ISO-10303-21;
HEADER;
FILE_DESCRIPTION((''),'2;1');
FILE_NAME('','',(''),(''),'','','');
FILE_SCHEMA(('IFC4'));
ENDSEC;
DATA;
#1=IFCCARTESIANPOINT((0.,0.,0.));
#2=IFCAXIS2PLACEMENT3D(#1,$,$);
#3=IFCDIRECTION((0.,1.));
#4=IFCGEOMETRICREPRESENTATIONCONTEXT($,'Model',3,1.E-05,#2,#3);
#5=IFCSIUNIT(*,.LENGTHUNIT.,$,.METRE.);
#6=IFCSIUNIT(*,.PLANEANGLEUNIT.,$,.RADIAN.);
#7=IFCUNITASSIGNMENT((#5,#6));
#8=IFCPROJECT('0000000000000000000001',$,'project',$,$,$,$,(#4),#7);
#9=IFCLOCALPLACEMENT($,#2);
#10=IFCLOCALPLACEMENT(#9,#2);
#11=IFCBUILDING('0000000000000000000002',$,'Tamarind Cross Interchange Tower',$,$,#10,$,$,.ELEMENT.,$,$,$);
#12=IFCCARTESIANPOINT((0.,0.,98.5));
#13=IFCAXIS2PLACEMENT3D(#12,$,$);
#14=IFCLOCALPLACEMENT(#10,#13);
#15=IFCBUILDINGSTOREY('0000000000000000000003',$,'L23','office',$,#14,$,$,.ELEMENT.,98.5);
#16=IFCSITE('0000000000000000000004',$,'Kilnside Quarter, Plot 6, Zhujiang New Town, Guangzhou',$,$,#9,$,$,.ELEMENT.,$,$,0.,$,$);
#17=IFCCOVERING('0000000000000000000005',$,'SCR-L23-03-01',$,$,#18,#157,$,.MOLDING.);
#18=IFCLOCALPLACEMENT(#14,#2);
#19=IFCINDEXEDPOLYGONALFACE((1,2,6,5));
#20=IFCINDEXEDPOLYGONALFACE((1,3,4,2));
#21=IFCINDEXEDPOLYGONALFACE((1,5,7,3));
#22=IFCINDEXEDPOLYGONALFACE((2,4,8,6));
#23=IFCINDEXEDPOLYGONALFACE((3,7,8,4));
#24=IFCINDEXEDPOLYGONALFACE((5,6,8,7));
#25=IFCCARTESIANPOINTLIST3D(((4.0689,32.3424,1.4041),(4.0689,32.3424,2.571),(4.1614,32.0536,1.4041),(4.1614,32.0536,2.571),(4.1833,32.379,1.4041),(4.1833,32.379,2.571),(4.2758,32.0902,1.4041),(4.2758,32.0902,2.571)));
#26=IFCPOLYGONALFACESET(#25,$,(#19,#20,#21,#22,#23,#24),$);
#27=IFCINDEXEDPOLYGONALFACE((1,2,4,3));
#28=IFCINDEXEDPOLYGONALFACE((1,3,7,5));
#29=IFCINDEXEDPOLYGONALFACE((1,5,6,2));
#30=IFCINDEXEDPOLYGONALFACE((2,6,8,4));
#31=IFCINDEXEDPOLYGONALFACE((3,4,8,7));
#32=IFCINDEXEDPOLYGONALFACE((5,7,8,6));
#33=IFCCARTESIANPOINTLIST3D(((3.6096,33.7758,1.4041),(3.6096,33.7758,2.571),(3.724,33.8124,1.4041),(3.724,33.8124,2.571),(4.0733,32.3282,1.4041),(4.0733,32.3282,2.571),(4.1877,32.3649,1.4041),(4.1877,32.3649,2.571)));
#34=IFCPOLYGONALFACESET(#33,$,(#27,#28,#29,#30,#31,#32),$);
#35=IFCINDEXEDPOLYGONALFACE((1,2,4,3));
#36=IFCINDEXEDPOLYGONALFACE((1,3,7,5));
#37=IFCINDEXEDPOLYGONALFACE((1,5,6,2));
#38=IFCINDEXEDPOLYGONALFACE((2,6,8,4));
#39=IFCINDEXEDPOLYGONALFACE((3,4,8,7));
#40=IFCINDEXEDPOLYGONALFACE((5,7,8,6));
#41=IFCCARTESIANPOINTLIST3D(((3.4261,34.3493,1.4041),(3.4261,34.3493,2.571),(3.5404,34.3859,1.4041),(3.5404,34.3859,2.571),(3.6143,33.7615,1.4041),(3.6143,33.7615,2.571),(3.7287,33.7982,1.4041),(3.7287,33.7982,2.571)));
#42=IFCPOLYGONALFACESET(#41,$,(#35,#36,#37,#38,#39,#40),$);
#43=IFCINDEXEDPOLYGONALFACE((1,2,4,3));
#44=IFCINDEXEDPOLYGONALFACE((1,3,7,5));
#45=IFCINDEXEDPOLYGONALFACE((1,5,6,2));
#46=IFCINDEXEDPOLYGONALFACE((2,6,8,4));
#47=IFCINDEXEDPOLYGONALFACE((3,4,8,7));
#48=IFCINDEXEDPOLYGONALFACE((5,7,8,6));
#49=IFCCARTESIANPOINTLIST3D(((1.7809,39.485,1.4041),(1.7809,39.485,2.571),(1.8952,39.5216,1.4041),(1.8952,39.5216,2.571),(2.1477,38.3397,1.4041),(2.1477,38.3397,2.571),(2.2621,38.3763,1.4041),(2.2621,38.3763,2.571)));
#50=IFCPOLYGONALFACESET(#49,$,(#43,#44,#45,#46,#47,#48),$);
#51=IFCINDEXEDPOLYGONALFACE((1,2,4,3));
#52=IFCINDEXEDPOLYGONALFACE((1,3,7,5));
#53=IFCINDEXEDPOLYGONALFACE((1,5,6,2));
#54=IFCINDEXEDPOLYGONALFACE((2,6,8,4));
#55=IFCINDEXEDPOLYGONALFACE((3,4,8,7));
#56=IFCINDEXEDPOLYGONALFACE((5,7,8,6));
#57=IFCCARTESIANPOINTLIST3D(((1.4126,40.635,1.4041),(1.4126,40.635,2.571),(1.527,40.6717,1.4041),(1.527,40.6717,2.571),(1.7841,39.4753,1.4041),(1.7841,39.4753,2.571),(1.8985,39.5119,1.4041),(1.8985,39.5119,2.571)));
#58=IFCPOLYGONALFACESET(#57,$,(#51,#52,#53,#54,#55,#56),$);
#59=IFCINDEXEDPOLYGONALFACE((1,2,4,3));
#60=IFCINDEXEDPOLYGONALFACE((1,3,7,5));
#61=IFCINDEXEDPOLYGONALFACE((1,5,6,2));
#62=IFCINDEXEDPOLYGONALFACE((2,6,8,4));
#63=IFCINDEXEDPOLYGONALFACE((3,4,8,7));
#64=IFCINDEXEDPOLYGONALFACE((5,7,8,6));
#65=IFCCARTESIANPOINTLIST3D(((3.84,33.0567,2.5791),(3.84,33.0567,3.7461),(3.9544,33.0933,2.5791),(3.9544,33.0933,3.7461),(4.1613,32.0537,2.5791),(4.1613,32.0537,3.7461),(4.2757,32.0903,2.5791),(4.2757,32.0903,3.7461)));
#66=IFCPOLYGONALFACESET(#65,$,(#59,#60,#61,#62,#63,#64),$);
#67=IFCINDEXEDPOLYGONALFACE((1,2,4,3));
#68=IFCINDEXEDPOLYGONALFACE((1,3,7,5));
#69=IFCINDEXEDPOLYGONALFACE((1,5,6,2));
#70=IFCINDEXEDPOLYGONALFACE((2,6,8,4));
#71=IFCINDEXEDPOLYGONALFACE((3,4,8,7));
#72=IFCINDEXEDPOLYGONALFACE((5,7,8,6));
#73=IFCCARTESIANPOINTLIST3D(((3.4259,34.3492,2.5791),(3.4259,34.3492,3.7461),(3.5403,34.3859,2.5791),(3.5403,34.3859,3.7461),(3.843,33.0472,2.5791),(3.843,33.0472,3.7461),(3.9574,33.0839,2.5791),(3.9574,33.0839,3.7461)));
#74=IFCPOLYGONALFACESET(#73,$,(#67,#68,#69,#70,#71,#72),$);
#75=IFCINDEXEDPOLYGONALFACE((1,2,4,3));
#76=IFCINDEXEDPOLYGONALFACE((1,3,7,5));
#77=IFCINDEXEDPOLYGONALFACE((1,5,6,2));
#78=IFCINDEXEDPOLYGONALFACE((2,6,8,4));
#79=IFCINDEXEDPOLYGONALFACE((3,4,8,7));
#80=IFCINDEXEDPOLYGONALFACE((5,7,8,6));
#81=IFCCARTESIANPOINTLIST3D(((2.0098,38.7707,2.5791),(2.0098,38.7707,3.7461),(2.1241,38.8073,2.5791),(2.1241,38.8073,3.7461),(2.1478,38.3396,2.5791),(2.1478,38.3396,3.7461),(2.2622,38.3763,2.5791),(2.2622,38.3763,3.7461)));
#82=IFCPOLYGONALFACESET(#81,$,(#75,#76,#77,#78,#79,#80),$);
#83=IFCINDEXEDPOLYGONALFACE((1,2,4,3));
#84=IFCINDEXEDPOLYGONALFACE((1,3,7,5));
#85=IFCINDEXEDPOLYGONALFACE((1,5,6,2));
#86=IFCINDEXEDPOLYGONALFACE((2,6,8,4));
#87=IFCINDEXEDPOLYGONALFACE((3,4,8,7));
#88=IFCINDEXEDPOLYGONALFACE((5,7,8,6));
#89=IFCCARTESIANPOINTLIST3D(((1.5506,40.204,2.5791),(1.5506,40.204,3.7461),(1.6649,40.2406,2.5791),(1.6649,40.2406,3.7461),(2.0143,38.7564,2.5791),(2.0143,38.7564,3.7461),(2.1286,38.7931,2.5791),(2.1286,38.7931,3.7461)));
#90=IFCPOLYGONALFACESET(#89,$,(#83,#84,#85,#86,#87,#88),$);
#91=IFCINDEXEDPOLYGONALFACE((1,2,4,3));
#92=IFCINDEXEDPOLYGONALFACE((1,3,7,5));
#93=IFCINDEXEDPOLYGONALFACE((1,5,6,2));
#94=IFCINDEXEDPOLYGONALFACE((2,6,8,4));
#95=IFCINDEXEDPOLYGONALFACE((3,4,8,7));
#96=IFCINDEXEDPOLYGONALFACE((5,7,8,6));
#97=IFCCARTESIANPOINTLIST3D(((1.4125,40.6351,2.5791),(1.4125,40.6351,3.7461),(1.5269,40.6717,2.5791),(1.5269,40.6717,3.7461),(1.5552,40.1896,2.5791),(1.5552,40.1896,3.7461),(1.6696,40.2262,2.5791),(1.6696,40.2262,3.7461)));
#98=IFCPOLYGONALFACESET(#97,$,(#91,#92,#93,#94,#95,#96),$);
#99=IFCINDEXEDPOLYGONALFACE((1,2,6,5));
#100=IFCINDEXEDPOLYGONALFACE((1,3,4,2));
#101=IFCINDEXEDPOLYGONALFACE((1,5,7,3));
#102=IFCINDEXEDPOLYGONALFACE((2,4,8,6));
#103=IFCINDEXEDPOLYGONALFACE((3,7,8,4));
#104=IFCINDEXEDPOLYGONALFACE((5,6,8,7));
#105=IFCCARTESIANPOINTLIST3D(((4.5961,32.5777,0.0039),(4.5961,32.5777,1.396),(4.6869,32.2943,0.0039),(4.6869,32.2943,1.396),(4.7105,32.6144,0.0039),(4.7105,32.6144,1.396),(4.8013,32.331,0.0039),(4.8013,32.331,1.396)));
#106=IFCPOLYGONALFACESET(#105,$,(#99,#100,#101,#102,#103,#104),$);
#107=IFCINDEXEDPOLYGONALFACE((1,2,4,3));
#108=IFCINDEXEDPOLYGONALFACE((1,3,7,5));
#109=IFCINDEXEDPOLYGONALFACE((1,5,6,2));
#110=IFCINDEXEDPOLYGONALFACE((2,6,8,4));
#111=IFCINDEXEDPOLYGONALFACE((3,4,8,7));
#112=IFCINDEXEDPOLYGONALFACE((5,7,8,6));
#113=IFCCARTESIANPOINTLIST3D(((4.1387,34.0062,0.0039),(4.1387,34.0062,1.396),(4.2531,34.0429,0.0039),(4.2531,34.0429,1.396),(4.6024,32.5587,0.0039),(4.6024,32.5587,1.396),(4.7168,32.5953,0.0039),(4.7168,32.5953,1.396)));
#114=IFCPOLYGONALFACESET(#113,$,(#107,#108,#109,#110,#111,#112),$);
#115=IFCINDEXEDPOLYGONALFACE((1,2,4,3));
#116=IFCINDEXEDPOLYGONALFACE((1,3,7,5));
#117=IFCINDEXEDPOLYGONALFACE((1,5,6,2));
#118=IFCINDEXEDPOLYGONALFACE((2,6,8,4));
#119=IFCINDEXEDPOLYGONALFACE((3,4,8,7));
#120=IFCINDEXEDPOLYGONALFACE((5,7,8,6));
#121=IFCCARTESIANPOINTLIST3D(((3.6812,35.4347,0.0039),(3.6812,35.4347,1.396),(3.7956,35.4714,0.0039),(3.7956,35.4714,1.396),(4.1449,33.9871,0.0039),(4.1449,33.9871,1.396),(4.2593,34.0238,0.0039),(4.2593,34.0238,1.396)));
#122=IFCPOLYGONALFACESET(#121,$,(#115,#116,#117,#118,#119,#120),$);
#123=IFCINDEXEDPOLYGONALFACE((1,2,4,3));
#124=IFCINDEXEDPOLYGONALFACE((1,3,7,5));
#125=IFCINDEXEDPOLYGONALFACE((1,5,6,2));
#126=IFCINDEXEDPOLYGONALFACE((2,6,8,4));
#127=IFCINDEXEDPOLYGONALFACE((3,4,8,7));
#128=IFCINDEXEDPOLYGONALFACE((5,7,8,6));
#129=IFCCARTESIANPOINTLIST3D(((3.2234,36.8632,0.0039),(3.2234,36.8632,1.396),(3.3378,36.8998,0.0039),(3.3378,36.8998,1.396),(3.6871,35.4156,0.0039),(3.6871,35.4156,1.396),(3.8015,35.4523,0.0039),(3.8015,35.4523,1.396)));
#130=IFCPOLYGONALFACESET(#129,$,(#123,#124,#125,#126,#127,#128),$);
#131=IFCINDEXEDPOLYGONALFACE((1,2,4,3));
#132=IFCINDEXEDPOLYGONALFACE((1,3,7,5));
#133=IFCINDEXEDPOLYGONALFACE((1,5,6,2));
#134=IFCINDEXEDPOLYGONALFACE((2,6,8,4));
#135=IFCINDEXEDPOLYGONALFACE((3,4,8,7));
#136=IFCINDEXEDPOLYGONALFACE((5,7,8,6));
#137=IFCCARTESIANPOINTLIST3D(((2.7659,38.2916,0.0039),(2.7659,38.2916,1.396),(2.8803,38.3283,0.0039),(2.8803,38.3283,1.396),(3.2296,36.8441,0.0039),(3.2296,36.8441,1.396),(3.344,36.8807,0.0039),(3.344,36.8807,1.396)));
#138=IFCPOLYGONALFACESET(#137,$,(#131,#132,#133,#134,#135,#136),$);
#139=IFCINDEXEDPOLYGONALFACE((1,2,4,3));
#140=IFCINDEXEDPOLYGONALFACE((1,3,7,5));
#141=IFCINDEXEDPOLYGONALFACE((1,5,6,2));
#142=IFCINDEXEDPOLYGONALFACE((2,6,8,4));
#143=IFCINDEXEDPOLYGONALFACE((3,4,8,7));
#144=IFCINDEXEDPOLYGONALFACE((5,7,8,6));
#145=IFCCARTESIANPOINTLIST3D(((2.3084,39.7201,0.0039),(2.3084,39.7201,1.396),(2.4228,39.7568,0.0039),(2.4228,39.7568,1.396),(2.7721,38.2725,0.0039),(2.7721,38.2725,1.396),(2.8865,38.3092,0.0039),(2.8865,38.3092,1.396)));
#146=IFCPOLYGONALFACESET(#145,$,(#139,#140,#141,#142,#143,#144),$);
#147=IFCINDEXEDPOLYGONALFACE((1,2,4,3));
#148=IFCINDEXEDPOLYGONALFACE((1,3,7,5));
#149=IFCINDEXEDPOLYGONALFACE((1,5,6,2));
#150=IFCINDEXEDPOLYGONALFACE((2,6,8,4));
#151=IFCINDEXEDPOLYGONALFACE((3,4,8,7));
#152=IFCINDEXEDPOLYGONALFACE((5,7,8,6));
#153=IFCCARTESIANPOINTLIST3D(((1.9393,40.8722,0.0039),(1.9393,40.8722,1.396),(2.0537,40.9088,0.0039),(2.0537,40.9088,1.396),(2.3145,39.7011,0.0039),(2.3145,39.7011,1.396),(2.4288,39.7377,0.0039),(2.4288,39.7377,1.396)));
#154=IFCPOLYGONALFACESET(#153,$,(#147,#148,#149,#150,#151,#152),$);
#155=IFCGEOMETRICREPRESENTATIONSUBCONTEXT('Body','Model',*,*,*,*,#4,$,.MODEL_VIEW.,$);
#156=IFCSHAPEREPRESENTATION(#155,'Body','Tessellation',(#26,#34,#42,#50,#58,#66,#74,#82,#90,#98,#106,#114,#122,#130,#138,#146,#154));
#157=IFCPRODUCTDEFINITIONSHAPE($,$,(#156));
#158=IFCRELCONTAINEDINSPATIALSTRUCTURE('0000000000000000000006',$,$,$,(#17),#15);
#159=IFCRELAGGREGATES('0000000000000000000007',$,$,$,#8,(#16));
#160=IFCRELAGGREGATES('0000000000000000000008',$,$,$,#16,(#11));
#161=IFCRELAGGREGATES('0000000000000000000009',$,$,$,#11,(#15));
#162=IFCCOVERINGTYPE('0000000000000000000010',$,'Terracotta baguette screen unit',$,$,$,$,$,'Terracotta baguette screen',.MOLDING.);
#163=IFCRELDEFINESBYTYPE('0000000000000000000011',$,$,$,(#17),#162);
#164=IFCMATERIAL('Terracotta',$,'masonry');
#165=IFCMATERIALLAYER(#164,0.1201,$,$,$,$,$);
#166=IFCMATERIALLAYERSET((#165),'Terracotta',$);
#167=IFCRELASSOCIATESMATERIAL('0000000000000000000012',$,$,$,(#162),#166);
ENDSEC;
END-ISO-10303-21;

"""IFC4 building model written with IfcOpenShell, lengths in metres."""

from ifc_helpers import new_model, si_unit, direction, frame, origin, origin_2d, place, context, subcontext, project, spatial, rectangle, extrude, material, layer, layer_set, type_object, element, save


model = new_model("IFC4")

# Units and contexts
model_context = context("Model", 3, precision=1e-05, world=origin(), true_north=direction((0.0, 1.0)))
body_context = subcontext(model_context, "Body", "Model", "MODEL_VIEW")
ifc_project = project(units=[si_unit("LENGTHUNIT", "METRE"), si_unit("PLANEANGLEUNIT", "RADIAN")], contexts=[model_context])

# Site, building, storey
site_placement = place(None, origin())
site = spatial("IfcSite", under=ifc_project, at=site_placement, Name="Kilnside Quarter, Plot 6, Zhujiang New Town, Guangzhou", CompositionType="ELEMENT", RefElevation=0.0)
building_placement = place(site_placement, origin())
building = spatial("IfcBuilding", under=site, at=building_placement, Name="Tamarind Cross Interchange Tower", CompositionType="ELEMENT")
storey_placement = place(building_placement, frame((0.0, 0.0, 98.5)))
storey = spatial("IfcBuildingStorey", under=building, at=storey_placement, Name="L23", Description="office", CompositionType="ELEMENT", Elevation=98.5)

# Covering
ifc_material_1 = material(Name="Terracotta", Category="masonry")
ifc_layer_1 = layer(ifc_material_1, 0.1201)
ifc_layer_set_1 = layer_set([ifc_layer_1], Name="Terracotta")
covering_type = type_object("IfcCoveringType", Name="Terracotta baguette screen unit", ElementType="Terracotta baguette screen", PredefinedType="MOLDING", material=ifc_layer_set_1)
covering_1_placement = place(storey_placement, origin())
element("IfcCovering", 1, at=covering_1_placement, inside=storey, type_object=covering_type, Name="SCR-L23-03-01", PredefinedType="MOLDING", context=body_context, shape_type="SweptSolid", body=[
    extrude(rectangle(XDim=0.3032, YDim=0.1201, at=origin_2d()), frame((4.1724, 32.2163, 1.4041), z_axis=(0.0, 0.0, 1.0), x_axis=(-0.305057, 0.952334, 0.0)), (0.0, 0.0, 1.0), 1.167),
    extrude(rectangle(XDim=1.52, YDim=0.1201, at=origin_2d()), frame((3.8987, 33.0703, 1.4041), z_axis=(0.0, 0.0, 1.0), x_axis=(-0.305057, 0.952334, 0.0)), (0.0, 0.0, 1.0), 1.167),
    extrude(rectangle(XDim=0.6172, YDim=0.1201, at=origin_2d()), frame((3.5774, 34.0737, 1.4041), z_axis=(0.0, 0.0, 1.0), x_axis=(-0.305057, 0.952334, 0.0)), (0.0, 0.0, 1.0), 1.167),
    extrude(rectangle(XDim=1.2026, YDim=0.1201, at=origin_2d()), frame((2.0215, 38.9307, 1.4041), z_axis=(0.0, 0.0, 1.0), x_axis=(-0.305057, 0.952334, 0.0)), (0.0, 0.0, 1.0), 1.167),
    extrude(rectangle(XDim=1.2178, YDim=0.1201, at=origin_2d()), frame((1.6555, 40.0735, 1.4041), z_axis=(0.0, 0.0, 1.0), x_axis=(-0.305057, 0.952334, 0.0)), (0.0, 0.0, 1.0), 1.167),
    extrude(rectangle(XDim=1.0532, YDim=0.1201, at=origin_2d()), frame((4.0579, 32.5735, 2.5791), z_axis=(0.0, 0.0, 1.0), x_axis=(-0.305057, 0.952334, 0.0)), (0.0, 0.0, 1.0), 1.167),
    extrude(rectangle(XDim=1.3672, YDim=0.1201, at=origin_2d()), frame((3.6917, 33.7166, 2.5791), z_axis=(0.0, 0.0, 1.0), x_axis=(-0.305057, 0.952334, 0.0)), (0.0, 0.0, 1.0), 1.167),
    extrude(rectangle(XDim=0.4526, YDim=0.1201, at=origin_2d()), frame((2.136, 38.5735, 2.5791), z_axis=(0.0, 0.0, 1.0), x_axis=(-0.305057, 0.952334, 0.0)), (0.0, 0.0, 1.0), 1.167),
    extrude(rectangle(XDim=1.52, YDim=0.1201, at=origin_2d()), frame((1.8396, 39.4985, 2.5791), z_axis=(0.0, 0.0, 1.0), x_axis=(-0.305057, 0.952334, 0.0)), (0.0, 0.0, 1.0), 1.167),
    extrude(rectangle(XDim=0.4678, YDim=0.1201, at=origin_2d()), frame((1.541, 40.4307, 2.5791), z_axis=(0.0, 0.0, 1.0), x_axis=(-0.305057, 0.952334, 0.0)), (0.0, 0.0, 1.0), 1.167),
    extrude(rectangle(XDim=0.2976, YDim=0.1201, at=origin_2d()), frame((4.6987, 32.4543, 0.0039), z_axis=(0.0, 0.0, 1.0), x_axis=(-0.305057, 0.952334, 0.0)), (0.0, 0.0, 1.0), 1.3921),
    extrude(rectangle(XDim=1.52, YDim=0.1201, at=origin_2d()), frame((4.4277, 33.3008, 0.0039), z_axis=(0.0, 0.0, 1.0), x_axis=(-0.305057, 0.952334, 0.0)), (0.0, 0.0, 1.0), 1.3921),
    extrude(rectangle(XDim=1.52, YDim=0.1201, at=origin_2d()), frame((3.9702, 34.7292, 0.0039), z_axis=(0.0, 0.0, 1.0), x_axis=(-0.305057, 0.952334, 0.0)), (0.0, 0.0, 1.0), 1.3921),
    extrude(rectangle(XDim=1.52, YDim=0.1201, at=origin_2d()), frame((3.5125, 36.1577, 0.0039), z_axis=(0.0, 0.0, 1.0), x_axis=(-0.305057, 0.952334, 0.0)), (0.0, 0.0, 1.0), 1.3921),
    extrude(rectangle(XDim=1.52, YDim=0.1201, at=origin_2d()), frame((3.0549, 37.5862, 0.0039), z_axis=(0.0, 0.0, 1.0), x_axis=(-0.305057, 0.952334, 0.0)), (0.0, 0.0, 1.0), 1.3921),
    extrude(rectangle(XDim=1.52, YDim=0.1201, at=origin_2d()), frame((2.5974, 39.0146, 0.0039), z_axis=(0.0, 0.0, 1.0), x_axis=(-0.305057, 0.952334, 0.0)), (0.0, 0.0, 1.0), 1.3921),
    extrude(rectangle(XDim=1.2297, YDim=0.1201, at=origin_2d()), frame((2.1841, 40.3049, 0.0039), z_axis=(0.0, 0.0, 1.0), x_axis=(-0.305057, 0.952334, 0.0)), (0.0, 0.0, 1.0), 1.3921),
])

save(model, "model.ifc")
